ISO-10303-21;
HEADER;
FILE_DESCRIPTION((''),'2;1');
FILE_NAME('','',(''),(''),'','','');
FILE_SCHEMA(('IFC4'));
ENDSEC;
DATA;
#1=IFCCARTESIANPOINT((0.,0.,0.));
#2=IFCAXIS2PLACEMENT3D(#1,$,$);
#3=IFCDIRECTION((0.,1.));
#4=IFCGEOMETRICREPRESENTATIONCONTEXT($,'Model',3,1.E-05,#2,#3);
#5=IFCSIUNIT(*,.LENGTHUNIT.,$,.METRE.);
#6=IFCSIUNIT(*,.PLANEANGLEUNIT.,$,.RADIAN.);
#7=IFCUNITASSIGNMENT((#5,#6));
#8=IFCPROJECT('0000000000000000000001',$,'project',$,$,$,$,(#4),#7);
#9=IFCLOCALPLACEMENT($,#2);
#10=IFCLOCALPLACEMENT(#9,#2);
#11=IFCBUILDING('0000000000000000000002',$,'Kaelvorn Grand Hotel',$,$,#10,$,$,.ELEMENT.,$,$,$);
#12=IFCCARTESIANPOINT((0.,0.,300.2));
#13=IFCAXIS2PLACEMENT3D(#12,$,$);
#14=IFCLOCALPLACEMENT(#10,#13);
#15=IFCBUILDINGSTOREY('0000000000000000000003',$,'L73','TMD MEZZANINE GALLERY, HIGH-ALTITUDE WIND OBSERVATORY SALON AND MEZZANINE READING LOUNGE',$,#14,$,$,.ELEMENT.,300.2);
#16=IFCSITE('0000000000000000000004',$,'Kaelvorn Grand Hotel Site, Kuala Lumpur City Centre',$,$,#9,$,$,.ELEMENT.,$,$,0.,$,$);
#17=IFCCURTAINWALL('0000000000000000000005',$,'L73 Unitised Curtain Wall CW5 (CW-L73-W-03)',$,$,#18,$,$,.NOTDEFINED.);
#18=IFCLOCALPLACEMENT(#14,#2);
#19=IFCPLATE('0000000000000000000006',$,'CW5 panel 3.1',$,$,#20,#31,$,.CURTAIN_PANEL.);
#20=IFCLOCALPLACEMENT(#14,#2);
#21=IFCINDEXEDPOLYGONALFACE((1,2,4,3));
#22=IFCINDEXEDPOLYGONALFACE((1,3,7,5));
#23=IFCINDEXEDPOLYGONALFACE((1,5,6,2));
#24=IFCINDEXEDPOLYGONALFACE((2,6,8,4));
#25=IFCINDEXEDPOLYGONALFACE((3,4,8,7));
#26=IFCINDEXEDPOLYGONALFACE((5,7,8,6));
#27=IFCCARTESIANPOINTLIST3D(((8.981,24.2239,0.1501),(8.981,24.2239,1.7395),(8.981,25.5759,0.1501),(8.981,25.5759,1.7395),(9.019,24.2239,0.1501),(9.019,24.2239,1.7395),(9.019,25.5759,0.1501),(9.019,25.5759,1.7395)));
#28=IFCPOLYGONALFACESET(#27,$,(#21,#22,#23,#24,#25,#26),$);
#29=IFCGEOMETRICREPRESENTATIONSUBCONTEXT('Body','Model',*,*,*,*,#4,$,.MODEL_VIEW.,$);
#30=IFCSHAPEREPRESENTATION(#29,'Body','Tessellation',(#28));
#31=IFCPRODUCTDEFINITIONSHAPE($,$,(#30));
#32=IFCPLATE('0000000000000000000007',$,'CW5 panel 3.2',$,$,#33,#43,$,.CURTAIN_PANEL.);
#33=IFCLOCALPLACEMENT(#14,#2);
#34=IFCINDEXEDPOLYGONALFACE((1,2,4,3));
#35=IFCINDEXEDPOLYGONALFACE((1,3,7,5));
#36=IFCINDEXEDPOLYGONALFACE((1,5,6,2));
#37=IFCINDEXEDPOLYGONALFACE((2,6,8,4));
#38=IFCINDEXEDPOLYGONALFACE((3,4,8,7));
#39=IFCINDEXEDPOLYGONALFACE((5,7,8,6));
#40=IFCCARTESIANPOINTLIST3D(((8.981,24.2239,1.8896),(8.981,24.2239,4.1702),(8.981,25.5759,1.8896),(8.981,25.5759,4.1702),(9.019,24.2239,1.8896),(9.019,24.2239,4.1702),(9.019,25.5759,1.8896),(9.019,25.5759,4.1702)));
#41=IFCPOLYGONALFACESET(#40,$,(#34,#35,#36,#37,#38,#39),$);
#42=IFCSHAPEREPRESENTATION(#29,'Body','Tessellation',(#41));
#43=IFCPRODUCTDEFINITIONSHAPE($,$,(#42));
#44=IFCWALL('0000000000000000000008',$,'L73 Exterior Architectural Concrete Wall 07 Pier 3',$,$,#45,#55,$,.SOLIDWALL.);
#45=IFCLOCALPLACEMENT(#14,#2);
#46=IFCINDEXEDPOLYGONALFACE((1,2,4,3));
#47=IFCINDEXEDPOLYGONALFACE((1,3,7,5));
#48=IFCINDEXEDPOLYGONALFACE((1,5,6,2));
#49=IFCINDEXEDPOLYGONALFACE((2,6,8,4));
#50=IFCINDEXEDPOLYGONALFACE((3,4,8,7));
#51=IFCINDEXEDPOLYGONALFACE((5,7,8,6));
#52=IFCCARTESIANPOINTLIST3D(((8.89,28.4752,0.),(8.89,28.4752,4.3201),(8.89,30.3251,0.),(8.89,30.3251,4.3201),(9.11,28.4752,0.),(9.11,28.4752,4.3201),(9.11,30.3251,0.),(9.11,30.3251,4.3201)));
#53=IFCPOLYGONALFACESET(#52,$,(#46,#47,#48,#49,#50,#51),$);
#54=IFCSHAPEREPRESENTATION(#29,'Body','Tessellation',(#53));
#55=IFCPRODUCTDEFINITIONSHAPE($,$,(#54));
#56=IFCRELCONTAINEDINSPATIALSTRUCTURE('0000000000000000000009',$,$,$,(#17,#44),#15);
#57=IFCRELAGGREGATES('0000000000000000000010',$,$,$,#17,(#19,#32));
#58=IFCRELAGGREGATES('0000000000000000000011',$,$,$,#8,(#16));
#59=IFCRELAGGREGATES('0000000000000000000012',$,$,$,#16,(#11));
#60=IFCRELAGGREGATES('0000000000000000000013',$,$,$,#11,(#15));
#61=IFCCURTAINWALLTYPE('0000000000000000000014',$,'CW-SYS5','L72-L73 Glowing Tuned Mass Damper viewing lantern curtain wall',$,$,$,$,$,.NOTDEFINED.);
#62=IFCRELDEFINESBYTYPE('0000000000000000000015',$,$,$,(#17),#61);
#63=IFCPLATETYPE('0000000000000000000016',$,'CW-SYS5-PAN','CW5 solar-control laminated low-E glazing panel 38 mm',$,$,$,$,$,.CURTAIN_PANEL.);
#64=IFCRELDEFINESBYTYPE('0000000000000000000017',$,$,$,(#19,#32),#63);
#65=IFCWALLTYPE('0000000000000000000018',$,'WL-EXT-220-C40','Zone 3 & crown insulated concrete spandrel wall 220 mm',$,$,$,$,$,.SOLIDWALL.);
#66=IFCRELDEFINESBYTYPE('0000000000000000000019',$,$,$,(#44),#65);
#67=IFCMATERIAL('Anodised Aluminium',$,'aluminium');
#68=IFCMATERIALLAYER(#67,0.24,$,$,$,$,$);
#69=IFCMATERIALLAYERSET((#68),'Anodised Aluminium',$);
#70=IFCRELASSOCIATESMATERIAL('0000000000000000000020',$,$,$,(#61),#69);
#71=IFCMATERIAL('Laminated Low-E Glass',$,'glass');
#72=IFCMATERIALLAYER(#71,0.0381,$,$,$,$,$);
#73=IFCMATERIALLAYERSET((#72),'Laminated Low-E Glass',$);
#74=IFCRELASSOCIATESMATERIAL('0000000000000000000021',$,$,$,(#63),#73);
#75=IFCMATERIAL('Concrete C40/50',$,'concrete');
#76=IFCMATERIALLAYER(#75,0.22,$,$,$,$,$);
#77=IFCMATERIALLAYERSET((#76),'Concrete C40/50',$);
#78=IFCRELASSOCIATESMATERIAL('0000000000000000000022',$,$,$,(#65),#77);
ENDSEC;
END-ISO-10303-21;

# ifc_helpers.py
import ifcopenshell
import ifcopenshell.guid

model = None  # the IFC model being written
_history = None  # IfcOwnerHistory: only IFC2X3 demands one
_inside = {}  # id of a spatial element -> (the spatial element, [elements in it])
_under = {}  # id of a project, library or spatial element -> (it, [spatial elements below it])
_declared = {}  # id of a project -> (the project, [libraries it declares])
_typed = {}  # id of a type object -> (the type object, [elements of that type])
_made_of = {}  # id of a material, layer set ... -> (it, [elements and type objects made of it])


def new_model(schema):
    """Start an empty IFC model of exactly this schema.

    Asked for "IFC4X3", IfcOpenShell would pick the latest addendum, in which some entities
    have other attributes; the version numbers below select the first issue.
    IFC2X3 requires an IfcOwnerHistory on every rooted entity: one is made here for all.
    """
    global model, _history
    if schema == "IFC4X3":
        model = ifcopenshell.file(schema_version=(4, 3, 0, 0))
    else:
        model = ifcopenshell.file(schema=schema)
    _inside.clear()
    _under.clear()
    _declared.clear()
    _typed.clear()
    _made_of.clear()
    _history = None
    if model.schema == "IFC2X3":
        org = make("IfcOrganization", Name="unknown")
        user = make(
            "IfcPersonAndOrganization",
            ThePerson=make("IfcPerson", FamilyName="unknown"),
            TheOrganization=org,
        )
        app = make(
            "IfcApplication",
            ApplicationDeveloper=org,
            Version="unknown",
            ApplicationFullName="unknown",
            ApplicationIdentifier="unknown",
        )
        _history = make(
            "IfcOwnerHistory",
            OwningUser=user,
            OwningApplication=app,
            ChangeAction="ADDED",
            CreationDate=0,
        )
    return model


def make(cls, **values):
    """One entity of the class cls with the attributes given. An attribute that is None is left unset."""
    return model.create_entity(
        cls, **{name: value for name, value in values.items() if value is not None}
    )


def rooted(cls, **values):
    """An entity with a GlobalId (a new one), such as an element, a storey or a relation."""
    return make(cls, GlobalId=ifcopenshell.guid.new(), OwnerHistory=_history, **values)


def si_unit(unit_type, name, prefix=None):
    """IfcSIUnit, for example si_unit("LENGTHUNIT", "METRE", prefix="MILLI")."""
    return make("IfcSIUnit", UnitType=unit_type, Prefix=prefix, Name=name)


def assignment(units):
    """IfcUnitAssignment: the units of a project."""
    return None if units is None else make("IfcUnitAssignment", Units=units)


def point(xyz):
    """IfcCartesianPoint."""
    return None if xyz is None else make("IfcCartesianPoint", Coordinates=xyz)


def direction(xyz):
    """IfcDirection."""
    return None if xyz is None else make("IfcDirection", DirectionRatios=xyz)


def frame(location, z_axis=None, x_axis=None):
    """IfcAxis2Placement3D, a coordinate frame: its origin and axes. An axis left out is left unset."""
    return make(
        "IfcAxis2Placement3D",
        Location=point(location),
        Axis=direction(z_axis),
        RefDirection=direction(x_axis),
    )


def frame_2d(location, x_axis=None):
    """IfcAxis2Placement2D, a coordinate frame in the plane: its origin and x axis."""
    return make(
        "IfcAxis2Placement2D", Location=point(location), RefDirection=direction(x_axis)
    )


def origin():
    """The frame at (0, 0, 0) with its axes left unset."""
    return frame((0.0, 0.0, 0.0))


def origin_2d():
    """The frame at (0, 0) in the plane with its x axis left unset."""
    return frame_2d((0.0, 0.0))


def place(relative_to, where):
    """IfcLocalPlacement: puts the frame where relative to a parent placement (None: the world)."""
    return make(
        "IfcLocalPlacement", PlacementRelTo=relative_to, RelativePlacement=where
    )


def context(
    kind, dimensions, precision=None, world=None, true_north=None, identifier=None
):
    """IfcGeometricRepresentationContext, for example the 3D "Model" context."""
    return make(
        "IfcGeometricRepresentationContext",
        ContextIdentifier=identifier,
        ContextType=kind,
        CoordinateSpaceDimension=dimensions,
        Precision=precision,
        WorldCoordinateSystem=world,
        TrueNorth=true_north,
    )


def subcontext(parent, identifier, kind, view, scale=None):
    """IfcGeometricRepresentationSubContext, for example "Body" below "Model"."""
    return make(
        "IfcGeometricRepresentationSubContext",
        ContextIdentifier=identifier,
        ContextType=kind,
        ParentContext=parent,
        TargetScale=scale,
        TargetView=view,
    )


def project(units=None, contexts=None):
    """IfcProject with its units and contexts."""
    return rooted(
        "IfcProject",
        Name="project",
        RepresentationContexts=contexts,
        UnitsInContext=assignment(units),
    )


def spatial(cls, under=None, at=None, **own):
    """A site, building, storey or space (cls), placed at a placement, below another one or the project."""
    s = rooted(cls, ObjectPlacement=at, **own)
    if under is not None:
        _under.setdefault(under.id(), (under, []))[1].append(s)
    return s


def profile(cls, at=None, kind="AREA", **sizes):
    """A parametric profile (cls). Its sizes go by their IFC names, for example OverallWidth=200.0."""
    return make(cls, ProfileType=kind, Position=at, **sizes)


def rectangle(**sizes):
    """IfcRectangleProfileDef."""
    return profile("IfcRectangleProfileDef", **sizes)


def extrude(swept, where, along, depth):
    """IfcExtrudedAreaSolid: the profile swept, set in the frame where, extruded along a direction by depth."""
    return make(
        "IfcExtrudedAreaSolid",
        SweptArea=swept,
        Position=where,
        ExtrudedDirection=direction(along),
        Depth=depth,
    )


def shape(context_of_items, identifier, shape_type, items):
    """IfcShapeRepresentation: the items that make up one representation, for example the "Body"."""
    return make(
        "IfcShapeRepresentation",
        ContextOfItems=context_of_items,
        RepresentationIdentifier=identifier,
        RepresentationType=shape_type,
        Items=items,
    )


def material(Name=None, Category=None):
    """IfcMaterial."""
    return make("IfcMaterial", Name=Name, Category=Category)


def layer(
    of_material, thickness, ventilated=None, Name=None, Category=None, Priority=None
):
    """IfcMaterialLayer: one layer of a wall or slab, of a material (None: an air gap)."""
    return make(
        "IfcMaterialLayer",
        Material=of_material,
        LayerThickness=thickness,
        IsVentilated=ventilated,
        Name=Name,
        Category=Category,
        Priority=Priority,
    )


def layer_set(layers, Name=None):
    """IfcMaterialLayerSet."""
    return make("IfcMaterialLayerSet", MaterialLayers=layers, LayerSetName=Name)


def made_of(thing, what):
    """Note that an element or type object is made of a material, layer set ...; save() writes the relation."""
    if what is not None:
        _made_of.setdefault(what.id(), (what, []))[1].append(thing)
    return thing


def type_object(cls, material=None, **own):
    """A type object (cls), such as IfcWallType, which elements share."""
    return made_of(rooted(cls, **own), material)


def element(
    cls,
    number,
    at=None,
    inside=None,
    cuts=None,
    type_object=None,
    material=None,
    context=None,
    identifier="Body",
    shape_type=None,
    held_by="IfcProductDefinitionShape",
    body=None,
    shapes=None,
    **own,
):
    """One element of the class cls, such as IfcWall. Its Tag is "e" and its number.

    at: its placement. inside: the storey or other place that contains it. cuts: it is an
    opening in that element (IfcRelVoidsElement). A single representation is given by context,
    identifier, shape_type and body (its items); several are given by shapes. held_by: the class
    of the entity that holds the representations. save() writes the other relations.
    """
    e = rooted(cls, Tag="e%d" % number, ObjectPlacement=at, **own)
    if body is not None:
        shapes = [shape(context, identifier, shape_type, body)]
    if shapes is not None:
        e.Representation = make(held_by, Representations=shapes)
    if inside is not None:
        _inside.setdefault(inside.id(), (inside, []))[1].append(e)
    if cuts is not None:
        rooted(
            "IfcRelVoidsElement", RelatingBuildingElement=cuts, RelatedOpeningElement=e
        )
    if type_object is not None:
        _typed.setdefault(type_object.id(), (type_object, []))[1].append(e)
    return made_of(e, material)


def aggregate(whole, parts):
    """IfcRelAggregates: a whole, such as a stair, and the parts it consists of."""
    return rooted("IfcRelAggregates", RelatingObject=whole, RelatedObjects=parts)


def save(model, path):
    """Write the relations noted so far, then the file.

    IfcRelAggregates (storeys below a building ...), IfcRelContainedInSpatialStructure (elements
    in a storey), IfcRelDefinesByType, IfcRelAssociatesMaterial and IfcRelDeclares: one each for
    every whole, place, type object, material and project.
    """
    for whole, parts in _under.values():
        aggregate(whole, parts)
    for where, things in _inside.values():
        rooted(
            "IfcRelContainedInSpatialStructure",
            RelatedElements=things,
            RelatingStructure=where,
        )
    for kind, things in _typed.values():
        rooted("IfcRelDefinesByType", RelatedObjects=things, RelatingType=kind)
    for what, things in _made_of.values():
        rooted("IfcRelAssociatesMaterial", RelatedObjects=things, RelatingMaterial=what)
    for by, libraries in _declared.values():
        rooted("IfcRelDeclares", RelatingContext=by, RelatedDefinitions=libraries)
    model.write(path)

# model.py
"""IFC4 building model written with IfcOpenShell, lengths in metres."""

from ifc_helpers import new_model, si_unit, direction, frame, frame_2d, origin, origin_2d, place, context, subcontext, project, spatial, rectangle, extrude, material, layer, layer_set, type_object, element, aggregate, save


model = new_model("IFC4")

# Units and contexts
model_context = context("Model", 3, precision=1e-05, world=origin(), true_north=direction((0.0, 1.0)))
body_context = subcontext(model_context, "Body", "Model", "MODEL_VIEW")
ifc_project = project(units=[si_unit("LENGTHUNIT", "METRE"), si_unit("PLANEANGLEUNIT", "RADIAN")], contexts=[model_context])

# Site, building, storey
site_placement = place(None, origin())
site = spatial("IfcSite", under=ifc_project, at=site_placement, Name="Kaelvorn Grand Hotel Site, Kuala Lumpur City Centre", CompositionType="ELEMENT", RefElevation=0.0)
building_placement = place(site_placement, origin())
building = spatial("IfcBuilding", under=site, at=building_placement, Name="Kaelvorn Grand Hotel", CompositionType="ELEMENT")
storey_placement = place(building_placement, frame((0.0, 0.0, 300.2)))
storey = spatial("IfcBuildingStorey", under=building, at=storey_placement, Name="L73", Description="TMD MEZZANINE GALLERY, HIGH-ALTITUDE WIND OBSERVATORY SALON AND MEZZANINE READING LOUNGE", CompositionType="ELEMENT", Elevation=300.2)

# Curtain wall, plates
ifc_material_1 = material(Name="Anodised Aluminium", Category="aluminium")
ifc_layer_1 = layer(ifc_material_1, 0.24)
ifc_layer_set_1 = layer_set([ifc_layer_1], Name="Anodised Aluminium")
curtain_wall_type = type_object("IfcCurtainWallType", Name="CW-SYS5", Description="L72-L73 Glowing Tuned Mass Damper viewing lantern curtain wall", PredefinedType="NOTDEFINED", material=ifc_layer_set_1)
curtain_wall_placement = place(storey_placement, origin())
curtain_wall = element("IfcCurtainWall", 1, at=curtain_wall_placement, inside=storey, type_object=curtain_wall_type, Name="L73 Unitised Curtain Wall CW5 (CW-L73-W-03)", PredefinedType="NOTDEFINED")
ifc_material_2 = material(Name="Laminated Low-E Glass", Category="glass")
ifc_layer_2 = layer(ifc_material_2, 0.0381)
ifc_layer_set_2 = layer_set([ifc_layer_2], Name="Laminated Low-E Glass")
plate_type = type_object("IfcPlateType", Name="CW-SYS5-PAN", Description="CW5 solar-control laminated low-E glazing panel 38 mm", PredefinedType="CURTAIN_PANEL", material=ifc_layer_set_2)
plate_1_placement = place(storey_placement, frame((9.0, 24.8999, 0.1501), z_axis=(0.0, 0.0, 1.0), x_axis=(0.0, -1.0, 0.0)))
plate_1 = element("IfcPlate", 2, at=plate_1_placement, type_object=plate_type, Name="CW5 panel 3.1", PredefinedType="CURTAIN_PANEL", context=body_context, shape_type="SweptSolid", body=[
    extrude(rectangle(XDim=1.3521, YDim=0.0381, at=origin_2d()), origin(), (0.0, 0.0, 1.0), 1.5894),
])
plate_2_placement = place(storey_placement, frame((9.0, 24.8999, 1.8896), z_axis=(0.0, 0.0, 1.0), x_axis=(0.0, -1.0, 0.0)))
plate_2 = element("IfcPlate", 3, at=plate_2_placement, type_object=plate_type, Name="CW5 panel 3.2", PredefinedType="CURTAIN_PANEL", context=body_context, shape_type="SweptSolid", body=[
    extrude(rectangle(XDim=1.3521, YDim=0.0381, at=origin_2d()), origin(), (0.0, 0.0, 1.0), 2.2805),
])
aggregate(curtain_wall, [plate_1, plate_2])

# Wall
ifc_material_3 = material(Name="Concrete C40/50", Category="concrete")
ifc_layer_3 = layer(ifc_material_3, 0.22)
ifc_layer_set_3 = layer_set([ifc_layer_3], Name="Concrete C40/50")
wall_type = type_object("IfcWallType", Name="WL-EXT-220-C40", Description="Zone 3 & crown insulated concrete spandrel wall 220 mm", PredefinedType="SOLIDWALL", material=ifc_layer_set_3)
wall_placement = place(storey_placement, frame((9.0, 30.325, 0.0), z_axis=(0.0, 0.0, 1.0), x_axis=(0.0, -1.0, 0.0)))
element("IfcWall", 4, at=wall_placement, inside=storey, type_object=wall_type, Name="L73 Exterior Architectural Concrete Wall 07 Pier 3", PredefinedType="SOLIDWALL", context=body_context, shape_type="SweptSolid", body=[
    extrude(rectangle(XDim=1.8499, YDim=0.22, at=frame_2d((0.9248, 0.0))), origin(), (0.0, 0.0, 1.0), 4.3201),
])

save(model, "model.ifc")
